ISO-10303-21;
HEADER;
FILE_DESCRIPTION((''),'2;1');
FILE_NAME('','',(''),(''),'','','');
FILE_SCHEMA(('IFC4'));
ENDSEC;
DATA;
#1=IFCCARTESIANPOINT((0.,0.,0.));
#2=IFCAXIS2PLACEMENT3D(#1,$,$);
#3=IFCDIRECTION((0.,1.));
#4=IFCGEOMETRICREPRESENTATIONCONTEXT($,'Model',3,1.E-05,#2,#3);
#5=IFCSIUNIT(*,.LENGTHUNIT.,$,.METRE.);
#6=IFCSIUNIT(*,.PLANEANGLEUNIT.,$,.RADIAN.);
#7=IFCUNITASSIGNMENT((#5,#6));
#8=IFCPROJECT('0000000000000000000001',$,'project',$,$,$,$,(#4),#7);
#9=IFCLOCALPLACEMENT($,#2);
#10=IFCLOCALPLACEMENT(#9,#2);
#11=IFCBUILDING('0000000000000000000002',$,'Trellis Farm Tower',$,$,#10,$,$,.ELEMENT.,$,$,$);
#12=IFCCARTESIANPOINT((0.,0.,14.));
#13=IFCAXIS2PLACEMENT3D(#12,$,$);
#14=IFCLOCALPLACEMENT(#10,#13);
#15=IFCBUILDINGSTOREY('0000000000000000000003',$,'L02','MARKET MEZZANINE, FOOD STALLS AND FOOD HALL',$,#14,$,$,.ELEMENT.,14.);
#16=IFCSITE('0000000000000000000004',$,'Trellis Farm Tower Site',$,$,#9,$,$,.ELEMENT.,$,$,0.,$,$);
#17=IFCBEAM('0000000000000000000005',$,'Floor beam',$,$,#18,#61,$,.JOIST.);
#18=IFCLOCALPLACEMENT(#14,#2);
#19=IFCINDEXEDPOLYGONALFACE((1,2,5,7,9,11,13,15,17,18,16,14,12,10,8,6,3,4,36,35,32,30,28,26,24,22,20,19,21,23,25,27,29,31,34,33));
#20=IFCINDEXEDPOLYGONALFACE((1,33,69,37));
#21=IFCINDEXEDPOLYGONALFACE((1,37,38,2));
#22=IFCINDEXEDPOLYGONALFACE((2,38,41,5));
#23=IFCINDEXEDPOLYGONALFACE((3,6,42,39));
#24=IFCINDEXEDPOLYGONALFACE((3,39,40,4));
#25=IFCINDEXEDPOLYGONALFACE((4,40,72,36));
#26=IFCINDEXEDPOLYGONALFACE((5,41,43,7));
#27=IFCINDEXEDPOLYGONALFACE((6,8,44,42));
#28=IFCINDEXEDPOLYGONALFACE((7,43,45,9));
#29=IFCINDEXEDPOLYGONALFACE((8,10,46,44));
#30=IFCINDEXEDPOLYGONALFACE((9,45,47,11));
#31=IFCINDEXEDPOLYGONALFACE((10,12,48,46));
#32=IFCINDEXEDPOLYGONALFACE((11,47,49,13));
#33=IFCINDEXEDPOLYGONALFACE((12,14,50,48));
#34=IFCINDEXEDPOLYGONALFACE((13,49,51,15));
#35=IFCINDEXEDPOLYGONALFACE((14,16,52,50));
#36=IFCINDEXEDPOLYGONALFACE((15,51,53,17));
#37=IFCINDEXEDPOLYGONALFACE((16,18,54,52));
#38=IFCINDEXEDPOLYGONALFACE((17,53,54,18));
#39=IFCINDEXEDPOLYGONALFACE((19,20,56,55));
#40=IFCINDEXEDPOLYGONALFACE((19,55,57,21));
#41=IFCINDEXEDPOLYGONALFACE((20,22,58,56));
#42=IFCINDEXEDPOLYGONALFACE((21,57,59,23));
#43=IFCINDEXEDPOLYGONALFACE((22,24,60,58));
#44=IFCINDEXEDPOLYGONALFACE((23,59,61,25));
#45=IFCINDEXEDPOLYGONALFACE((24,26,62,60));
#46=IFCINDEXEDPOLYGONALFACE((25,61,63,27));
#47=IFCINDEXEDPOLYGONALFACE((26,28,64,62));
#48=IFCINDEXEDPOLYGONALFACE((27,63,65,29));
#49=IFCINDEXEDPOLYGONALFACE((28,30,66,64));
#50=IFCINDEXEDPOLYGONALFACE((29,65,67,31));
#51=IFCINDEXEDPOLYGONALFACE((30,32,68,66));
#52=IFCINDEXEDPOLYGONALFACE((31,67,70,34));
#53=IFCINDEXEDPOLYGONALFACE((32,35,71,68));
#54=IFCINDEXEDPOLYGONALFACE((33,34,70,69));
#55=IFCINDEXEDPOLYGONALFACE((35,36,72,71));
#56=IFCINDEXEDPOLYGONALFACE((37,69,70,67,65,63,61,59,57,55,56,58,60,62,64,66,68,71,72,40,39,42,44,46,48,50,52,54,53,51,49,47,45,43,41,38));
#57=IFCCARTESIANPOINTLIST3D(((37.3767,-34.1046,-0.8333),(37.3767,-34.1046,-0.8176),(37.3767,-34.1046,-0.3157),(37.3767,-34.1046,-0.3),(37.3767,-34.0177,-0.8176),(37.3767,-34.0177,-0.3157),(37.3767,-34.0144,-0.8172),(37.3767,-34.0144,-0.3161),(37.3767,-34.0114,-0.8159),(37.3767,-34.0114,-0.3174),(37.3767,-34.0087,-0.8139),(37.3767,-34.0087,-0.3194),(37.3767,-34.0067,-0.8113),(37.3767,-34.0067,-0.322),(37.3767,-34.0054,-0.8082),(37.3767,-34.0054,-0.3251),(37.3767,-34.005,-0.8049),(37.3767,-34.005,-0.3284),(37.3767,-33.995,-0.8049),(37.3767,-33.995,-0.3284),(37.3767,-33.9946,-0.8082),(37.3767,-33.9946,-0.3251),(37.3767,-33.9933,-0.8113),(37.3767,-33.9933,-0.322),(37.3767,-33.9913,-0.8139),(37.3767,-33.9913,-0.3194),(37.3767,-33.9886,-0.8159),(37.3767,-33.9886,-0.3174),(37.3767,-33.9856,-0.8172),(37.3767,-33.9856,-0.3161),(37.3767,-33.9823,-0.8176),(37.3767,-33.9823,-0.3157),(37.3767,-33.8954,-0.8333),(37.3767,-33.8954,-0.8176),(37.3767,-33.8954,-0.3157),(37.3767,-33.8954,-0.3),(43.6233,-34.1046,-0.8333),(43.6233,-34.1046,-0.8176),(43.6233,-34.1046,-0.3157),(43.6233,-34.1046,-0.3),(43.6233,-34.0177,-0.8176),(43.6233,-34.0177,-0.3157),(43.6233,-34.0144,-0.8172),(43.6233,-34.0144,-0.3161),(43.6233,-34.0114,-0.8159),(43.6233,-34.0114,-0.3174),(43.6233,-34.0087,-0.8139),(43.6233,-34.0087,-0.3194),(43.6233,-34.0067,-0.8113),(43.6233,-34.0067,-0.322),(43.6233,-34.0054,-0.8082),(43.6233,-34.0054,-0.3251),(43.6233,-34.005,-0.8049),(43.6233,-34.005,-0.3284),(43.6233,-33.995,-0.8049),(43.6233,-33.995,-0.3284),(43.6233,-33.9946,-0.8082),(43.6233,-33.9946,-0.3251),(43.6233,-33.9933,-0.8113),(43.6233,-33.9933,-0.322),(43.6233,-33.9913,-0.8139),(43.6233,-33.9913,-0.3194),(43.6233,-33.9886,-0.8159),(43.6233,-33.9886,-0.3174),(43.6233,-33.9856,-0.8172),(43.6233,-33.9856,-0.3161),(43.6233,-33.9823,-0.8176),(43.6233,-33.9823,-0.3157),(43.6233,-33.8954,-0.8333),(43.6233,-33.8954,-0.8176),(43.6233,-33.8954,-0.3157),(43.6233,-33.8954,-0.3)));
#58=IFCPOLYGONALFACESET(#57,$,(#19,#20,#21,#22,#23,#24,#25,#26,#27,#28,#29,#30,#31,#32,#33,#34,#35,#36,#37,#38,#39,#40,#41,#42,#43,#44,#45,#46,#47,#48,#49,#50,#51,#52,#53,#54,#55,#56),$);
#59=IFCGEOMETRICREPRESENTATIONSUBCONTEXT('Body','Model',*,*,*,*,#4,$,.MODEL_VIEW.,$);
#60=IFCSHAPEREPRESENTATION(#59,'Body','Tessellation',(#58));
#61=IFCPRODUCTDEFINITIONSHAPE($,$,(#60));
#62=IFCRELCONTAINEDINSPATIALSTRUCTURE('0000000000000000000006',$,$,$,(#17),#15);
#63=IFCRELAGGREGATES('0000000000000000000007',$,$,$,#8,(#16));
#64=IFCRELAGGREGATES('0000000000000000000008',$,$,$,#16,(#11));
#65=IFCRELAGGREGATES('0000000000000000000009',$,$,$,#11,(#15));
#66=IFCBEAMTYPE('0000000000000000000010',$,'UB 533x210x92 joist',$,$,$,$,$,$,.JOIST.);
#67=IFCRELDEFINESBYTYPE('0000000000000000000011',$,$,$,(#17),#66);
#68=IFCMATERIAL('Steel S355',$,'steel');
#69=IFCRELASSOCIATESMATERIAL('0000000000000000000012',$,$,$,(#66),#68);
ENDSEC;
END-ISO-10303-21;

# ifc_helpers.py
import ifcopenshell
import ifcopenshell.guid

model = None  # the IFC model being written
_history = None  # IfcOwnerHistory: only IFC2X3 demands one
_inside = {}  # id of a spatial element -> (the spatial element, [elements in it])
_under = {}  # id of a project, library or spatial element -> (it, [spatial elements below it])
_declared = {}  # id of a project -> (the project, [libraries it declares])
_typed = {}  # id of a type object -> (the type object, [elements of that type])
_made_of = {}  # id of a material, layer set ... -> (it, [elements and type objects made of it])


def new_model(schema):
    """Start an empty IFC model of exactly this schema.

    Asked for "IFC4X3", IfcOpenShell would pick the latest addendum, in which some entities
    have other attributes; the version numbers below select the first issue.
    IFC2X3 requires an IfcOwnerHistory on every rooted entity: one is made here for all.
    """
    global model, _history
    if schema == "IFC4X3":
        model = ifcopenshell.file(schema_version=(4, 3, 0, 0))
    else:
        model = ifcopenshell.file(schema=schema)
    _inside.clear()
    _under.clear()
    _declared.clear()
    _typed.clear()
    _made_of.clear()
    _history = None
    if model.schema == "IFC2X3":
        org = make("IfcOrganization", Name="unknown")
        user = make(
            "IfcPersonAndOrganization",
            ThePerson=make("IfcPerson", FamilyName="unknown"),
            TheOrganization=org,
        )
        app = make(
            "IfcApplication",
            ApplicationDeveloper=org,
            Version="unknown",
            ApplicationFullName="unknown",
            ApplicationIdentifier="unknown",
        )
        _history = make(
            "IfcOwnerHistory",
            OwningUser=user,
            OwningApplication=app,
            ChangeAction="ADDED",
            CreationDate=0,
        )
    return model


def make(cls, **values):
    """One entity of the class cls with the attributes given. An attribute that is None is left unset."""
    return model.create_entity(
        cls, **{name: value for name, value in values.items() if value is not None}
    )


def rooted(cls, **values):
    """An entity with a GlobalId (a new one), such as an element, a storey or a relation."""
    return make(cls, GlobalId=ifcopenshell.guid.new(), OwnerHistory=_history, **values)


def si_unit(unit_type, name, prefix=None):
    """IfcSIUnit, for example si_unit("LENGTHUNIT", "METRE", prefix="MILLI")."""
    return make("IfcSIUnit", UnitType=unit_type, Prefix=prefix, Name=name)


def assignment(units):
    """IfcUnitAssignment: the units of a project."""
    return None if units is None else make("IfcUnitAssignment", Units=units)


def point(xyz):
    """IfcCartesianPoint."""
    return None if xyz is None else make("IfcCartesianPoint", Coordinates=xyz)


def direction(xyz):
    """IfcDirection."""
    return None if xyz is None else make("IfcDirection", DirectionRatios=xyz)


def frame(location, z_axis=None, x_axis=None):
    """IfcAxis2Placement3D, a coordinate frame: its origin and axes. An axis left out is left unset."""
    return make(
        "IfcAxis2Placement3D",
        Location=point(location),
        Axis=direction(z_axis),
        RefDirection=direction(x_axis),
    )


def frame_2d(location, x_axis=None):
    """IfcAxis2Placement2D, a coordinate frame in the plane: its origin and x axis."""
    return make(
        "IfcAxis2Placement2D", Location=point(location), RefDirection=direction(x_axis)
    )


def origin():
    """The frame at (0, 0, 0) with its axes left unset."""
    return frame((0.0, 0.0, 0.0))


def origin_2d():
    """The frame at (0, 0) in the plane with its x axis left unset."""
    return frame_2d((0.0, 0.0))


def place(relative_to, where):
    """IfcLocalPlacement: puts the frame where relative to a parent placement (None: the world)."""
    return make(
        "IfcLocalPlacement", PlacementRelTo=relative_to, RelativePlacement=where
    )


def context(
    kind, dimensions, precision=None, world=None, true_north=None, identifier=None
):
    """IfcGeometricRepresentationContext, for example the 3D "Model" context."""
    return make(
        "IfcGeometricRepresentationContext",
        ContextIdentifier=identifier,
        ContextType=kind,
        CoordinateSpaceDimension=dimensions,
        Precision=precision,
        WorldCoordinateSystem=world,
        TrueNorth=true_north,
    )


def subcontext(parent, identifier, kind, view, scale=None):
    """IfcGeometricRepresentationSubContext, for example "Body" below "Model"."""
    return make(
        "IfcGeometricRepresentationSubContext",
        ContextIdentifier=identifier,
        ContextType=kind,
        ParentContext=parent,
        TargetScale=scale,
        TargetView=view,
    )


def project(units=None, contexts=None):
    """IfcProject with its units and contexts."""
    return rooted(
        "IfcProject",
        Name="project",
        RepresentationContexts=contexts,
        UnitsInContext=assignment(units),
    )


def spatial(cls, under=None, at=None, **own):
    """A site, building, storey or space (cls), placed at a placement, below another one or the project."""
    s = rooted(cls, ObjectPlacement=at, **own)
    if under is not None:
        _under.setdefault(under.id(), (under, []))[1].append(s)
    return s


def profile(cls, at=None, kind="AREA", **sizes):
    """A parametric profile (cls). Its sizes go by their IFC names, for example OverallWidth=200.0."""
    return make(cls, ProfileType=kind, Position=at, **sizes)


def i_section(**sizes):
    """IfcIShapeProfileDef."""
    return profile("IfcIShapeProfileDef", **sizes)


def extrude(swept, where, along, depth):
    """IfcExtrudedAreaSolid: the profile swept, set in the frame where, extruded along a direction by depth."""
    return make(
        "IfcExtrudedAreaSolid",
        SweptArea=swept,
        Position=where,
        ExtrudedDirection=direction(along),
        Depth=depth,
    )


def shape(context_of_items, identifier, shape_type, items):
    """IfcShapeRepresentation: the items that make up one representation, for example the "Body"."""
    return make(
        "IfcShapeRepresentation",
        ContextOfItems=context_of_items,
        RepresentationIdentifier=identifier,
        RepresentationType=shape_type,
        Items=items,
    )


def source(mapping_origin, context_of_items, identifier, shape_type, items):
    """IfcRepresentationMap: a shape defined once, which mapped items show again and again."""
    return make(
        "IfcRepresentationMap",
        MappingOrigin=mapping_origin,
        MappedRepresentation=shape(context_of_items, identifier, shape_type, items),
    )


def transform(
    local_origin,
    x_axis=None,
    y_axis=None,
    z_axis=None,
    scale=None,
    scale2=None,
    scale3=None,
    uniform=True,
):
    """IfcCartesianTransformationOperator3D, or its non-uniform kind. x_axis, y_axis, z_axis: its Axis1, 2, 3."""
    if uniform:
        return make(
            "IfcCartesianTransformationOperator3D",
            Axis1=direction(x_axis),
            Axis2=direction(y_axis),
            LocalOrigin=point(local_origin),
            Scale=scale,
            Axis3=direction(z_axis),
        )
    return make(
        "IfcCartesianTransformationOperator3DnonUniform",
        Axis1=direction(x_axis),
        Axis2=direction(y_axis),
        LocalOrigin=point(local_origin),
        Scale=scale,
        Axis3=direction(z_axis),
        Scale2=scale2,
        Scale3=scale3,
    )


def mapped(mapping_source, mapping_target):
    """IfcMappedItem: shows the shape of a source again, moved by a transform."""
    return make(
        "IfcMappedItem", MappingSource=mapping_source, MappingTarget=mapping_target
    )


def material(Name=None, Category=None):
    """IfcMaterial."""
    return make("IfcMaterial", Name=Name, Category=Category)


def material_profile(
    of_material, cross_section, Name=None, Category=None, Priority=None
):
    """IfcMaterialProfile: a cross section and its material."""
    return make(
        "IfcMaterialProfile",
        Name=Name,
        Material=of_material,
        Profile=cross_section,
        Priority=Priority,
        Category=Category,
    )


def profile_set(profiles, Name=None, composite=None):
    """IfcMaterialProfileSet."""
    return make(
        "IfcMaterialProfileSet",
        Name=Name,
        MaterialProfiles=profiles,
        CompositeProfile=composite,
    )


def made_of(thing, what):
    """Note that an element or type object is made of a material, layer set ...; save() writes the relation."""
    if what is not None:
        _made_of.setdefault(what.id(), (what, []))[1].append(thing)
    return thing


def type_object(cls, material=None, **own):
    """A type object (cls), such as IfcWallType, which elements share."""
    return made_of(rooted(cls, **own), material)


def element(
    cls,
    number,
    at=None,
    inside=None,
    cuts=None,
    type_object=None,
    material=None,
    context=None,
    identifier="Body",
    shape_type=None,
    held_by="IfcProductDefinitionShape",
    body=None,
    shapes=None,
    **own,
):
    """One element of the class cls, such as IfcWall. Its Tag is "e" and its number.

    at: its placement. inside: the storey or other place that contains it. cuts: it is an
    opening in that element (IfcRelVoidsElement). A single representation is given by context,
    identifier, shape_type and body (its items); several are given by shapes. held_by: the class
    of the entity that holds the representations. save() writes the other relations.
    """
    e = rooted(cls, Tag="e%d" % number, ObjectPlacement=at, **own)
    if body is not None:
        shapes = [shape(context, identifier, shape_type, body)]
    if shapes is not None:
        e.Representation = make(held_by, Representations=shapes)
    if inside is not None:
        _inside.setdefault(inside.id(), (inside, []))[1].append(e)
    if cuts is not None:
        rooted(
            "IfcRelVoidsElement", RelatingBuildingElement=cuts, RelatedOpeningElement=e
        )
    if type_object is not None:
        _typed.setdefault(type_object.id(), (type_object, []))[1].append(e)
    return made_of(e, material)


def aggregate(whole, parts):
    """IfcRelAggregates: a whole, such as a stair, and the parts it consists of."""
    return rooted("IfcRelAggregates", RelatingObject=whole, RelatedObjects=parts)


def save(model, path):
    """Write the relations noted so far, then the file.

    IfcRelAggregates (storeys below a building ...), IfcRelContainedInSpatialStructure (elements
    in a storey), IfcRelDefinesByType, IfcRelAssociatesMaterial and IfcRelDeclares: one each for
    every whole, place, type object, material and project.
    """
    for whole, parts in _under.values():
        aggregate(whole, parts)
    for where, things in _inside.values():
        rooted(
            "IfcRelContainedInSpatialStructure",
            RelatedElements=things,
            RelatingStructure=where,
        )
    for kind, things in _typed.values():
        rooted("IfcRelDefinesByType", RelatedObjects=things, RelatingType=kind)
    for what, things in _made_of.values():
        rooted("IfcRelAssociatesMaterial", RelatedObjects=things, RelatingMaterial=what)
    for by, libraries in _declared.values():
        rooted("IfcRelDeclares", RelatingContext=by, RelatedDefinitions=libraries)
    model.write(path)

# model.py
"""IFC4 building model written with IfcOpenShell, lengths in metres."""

from ifc_helpers import new_model, si_unit, direction, frame, origin, origin_2d, place, context, subcontext, project, spatial, i_section, extrude, source, transform, mapped, material, material_profile, profile_set, type_object, element, save


model = new_model("IFC4")

# Units and contexts
model_context = context("Model", 3, precision=1e-05, world=origin(), true_north=direction((0.0, 1.0)))
body_context = subcontext(model_context, "Body", "Model", "MODEL_VIEW")
ifc_project = project(units=[si_unit("LENGTHUNIT", "METRE"), si_unit("PLANEANGLEUNIT", "RADIAN")], contexts=[model_context])

# Site, building, storey
site_placement = place(None, origin())
site = spatial("IfcSite", under=ifc_project, at=site_placement, Name="Trellis Farm Tower Site", CompositionType="ELEMENT", RefElevation=0.0)
building_placement = place(site_placement, origin())
building = spatial("IfcBuilding", under=site, at=building_placement, Name="Trellis Farm Tower", CompositionType="ELEMENT")
storey_placement = place(building_placement, frame((0.0, 0.0, 14.0)))
storey = spatial("IfcBuildingStorey", under=building, at=storey_placement, Name="L02", Description="MARKET MEZZANINE, FOOD STALLS AND FOOD HALL", CompositionType="ELEMENT", Elevation=14.0)

# Beam
ifc_material_1 = material(Name="Steel S355", Category="steel")
ifc_material_profile_1 = material_profile(ifc_material_1, i_section(OverallWidth=0.2092, OverallDepth=0.5332, WebThickness=0.01, FlangeThickness=0.0156, FilletRadius=0.0127, at=origin_2d()), Name="UB 533x210x92")
ifc_profile_set_1 = profile_set([ifc_material_profile_1], Name="Steel S355")
beam_type_1 = type_object("IfcBeamType", Name="UB 533x210x92 joist", PredefinedType="JOIST", material=ifc_profile_set_1)
shared_shape_1 = source(origin(), body_context, "Body", "SweptSolid", [
    extrude(i_section(OverallWidth=0.2092, OverallDepth=0.5332, WebThickness=0.01, FlangeThickness=0.0156, FilletRadius=0.0127, at=origin_2d()), origin(), (0.0, 0.0, 1.0), 6.2466),
])
for number, where, z_axis, x_axis, name in (
    (1, (37.3767, -34.0, -0.5667), (1.0, 0.0, 0.0), (0.0, 1.0, 0.0), "Floor beam"),
):
    element("IfcBeam", number, at=place(storey_placement, frame(where, z_axis=z_axis, x_axis=x_axis)), inside=storey, type_object=beam_type_1, Name=name, PredefinedType="JOIST", context=body_context, shape_type="MappedRepresentation", body=[
        mapped(shared_shape_1, transform((0.0, 0.0, 0.0))),
    ])

save(model, "model.ifc")
